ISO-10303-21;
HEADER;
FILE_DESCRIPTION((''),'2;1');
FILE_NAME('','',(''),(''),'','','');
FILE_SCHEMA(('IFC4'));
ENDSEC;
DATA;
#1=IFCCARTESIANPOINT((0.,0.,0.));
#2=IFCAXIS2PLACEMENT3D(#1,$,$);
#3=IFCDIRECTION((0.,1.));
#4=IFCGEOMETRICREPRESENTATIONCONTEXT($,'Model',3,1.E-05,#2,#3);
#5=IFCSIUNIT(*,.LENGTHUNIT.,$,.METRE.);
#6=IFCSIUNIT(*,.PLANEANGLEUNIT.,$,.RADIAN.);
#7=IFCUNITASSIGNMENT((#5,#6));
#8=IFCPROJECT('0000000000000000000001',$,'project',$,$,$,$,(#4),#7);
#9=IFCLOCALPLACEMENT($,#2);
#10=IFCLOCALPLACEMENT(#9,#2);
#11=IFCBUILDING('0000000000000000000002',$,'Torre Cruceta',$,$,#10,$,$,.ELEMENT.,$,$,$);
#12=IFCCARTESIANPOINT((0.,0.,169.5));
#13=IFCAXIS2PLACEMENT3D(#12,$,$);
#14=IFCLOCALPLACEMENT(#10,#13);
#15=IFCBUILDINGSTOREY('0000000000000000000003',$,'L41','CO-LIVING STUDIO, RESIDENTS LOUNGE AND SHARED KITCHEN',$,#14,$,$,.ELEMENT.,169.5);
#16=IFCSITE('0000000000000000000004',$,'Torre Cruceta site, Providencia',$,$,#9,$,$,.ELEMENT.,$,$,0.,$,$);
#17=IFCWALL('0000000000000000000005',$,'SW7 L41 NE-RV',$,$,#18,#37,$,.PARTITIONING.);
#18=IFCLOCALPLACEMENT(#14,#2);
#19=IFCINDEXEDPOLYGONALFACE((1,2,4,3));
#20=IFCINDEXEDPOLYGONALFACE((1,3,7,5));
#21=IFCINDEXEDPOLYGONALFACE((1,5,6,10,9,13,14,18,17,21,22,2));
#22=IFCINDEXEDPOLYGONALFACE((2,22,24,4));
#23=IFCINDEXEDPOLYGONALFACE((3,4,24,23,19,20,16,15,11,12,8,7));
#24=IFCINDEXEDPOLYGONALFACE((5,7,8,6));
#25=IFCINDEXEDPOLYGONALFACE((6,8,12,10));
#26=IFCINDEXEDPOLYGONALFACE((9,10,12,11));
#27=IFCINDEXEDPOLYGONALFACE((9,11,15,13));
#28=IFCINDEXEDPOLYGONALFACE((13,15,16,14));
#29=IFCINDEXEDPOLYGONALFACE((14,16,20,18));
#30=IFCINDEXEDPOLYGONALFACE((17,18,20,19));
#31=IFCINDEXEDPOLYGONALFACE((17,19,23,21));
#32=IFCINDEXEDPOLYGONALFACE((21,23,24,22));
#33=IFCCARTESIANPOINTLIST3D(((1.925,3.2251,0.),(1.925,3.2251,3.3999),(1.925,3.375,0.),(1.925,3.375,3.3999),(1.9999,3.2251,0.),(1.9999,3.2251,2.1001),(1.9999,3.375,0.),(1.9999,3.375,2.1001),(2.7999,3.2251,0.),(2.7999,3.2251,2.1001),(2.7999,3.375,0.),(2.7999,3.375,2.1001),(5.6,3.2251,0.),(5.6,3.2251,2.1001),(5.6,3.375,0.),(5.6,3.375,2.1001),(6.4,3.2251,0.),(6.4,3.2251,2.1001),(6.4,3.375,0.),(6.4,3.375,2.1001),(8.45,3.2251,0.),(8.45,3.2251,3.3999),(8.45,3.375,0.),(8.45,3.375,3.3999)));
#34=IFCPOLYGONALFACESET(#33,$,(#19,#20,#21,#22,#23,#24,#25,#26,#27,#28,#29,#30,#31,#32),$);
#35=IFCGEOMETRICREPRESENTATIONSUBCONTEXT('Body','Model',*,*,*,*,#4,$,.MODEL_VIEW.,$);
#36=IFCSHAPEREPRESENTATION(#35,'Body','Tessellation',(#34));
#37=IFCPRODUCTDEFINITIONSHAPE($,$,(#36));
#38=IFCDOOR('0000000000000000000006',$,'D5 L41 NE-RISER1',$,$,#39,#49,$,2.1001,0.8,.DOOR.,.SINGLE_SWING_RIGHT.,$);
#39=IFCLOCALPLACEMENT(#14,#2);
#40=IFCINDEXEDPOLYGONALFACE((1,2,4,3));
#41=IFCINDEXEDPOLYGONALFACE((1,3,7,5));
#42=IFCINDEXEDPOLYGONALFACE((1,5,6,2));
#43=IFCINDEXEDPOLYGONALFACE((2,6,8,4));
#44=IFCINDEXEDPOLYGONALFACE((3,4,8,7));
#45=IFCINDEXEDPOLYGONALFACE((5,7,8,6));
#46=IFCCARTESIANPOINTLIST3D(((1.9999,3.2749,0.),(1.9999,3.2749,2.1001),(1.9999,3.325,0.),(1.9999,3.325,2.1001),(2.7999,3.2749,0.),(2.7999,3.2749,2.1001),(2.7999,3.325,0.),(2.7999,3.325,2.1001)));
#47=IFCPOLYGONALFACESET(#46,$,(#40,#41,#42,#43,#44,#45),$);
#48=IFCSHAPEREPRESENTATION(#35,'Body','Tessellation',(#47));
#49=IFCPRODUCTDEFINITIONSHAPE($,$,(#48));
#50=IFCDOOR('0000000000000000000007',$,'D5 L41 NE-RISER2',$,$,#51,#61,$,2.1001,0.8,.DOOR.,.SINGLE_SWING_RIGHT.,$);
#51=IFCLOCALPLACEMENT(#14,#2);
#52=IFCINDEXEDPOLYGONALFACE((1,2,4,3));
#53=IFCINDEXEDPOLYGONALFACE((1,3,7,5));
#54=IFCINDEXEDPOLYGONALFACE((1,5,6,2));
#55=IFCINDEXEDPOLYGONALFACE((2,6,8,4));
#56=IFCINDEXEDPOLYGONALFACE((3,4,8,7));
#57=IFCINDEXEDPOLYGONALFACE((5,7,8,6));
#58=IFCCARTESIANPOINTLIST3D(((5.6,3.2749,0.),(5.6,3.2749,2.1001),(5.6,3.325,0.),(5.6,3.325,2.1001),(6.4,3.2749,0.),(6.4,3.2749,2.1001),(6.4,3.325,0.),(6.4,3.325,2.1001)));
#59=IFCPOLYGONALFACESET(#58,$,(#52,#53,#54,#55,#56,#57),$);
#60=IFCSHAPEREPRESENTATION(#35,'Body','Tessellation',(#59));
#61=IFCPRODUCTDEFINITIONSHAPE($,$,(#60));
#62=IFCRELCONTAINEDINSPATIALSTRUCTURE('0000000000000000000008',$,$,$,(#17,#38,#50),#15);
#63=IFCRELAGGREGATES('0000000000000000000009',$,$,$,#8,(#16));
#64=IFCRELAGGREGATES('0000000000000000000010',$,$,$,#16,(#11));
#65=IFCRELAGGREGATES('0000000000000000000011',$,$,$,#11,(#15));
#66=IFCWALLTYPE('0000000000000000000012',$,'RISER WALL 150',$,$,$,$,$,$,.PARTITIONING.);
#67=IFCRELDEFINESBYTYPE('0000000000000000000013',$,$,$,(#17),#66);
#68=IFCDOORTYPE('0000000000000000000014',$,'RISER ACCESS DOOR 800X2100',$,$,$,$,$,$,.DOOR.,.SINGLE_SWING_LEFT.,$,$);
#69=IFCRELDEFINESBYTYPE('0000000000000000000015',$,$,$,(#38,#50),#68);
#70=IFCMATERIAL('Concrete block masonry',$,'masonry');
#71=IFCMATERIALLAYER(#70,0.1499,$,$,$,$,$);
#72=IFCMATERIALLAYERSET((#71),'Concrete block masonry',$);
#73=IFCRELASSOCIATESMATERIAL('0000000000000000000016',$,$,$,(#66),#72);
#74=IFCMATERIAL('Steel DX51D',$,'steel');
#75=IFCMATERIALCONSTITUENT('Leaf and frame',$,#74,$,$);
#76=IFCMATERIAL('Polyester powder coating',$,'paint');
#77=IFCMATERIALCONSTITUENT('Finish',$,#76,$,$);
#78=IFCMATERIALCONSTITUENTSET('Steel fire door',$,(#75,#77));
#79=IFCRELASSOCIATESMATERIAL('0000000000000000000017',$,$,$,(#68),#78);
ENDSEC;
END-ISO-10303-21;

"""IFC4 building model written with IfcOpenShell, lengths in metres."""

from ifc_helpers import new_model, si_unit, direction, frame, frame_2d, origin, place, context, subcontext, project, spatial, rectangle, extrude, material, layer, layer_set, constituent, constituent_set, type_object, element, fill, save


model = new_model("IFC4")

# Units and contexts
model_context = context("Model", 3, precision=1e-05, world=origin(), true_north=direction((0.0, 1.0)))
body_context = subcontext(model_context, "Body", "Model", "MODEL_VIEW")
ifc_project = project(units=[si_unit("LENGTHUNIT", "METRE"), si_unit("PLANEANGLEUNIT", "RADIAN")], contexts=[model_context])

# Site, building, storey
site_placement = place(None, origin())
site = spatial("IfcSite", under=ifc_project, at=site_placement, Name="Torre Cruceta site, Providencia", CompositionType="ELEMENT", RefElevation=0.0)
building_placement = place(site_placement, origin())
building = spatial("IfcBuilding", under=site, at=building_placement, Name="Torre Cruceta", CompositionType="ELEMENT")
storey_placement = place(building_placement, frame((0.0, 0.0, 169.5)))
storey = spatial("IfcBuildingStorey", under=building, at=storey_placement, Name="L41", Description="CO-LIVING STUDIO, RESIDENTS LOUNGE AND SHARED KITCHEN", CompositionType="ELEMENT", Elevation=169.5)

# Wall, openings, doors
ifc_material_1 = material(Name="Concrete block masonry", Category="masonry")
ifc_layer_1 = layer(ifc_material_1, 0.1499)
ifc_layer_set_1 = layer_set([ifc_layer_1], Name="Concrete block masonry")
wall_type_1 = type_object("IfcWallType", Name="RISER WALL 150", PredefinedType="PARTITIONING", material=ifc_layer_set_1)
wall_1_placement = place(storey_placement, frame((1.925, 3.3, 0.0), z_axis=(0.0, 0.0, 1.0), x_axis=(1.0, 0.0, 0.0)))
wall_1 = element("IfcWall", 1, at=wall_1_placement, inside=storey, type_object=wall_type_1, Name="SW7 L41 NE-RV", PredefinedType="PARTITIONING", context=body_context, shape_type="SweptSolid", body=[
    extrude(rectangle(XDim=6.5249, YDim=0.1499, at=frame_2d((3.2625, 0.0))), origin(), (0.0, 0.0, 1.0), 3.3999),
])
opening_1_placement = place(wall_1_placement, frame((0.075, 0.0, 0.0)))
opening_1 = element("IfcOpeningElement", 2, at=opening_1_placement, cuts=wall_1, PredefinedType="OPENING", context=body_context, shape_type="SweptSolid", body=[
    extrude(rectangle(XDim=0.8, YDim=2.1001, at=frame_2d((0.3999, 1.05))), frame((0.0, 0.085, 0.0), z_axis=(0.0, -1.0, 0.0), x_axis=(1.0, 0.0, 0.0)), (0.0, 0.0, 1.0), 0.1699),
])
opening_2_placement = place(wall_1_placement, frame((3.675, 0.0, 0.0)))
opening_2 = element("IfcOpeningElement", 3, at=opening_2_placement, cuts=wall_1, PredefinedType="OPENING", context=body_context, shape_type="SweptSolid", body=[
    extrude(rectangle(XDim=0.8, YDim=2.1001, at=frame_2d((0.3999, 1.05))), frame((0.0, 0.085, 0.0), z_axis=(0.0, -1.0, 0.0), x_axis=(1.0, 0.0, 0.0)), (0.0, 0.0, 1.0), 0.1699),
])
ifc_material_2 = material(Name="Steel DX51D", Category="steel")
ifc_constituent_1 = constituent(ifc_material_2, Name="Leaf and frame")
ifc_material_3 = material(Name="Polyester powder coating", Category="paint")
ifc_constituent_2 = constituent(ifc_material_3, Name="Finish")
ifc_constituent_set_1 = constituent_set(constituents=[ifc_constituent_1, ifc_constituent_2], Name="Steel fire door")
door_type_1 = type_object("IfcDoorType", Name="RISER ACCESS DOOR 800X2100", OperationType="SINGLE_SWING_LEFT", PredefinedType="DOOR", material=ifc_constituent_set_1)
door_1_placement = place(opening_1_placement, frame((0.8, 0.0, 0.0), z_axis=(0.0, 0.0, 1.0), x_axis=(-1.0, 0.0, 0.0)))
door_1 = element("IfcDoor", 4, at=door_1_placement, inside=storey, type_object=door_type_1, Name="D5 L41 NE-RISER1", OperationType="SINGLE_SWING_RIGHT", OverallHeight=2.1001, OverallWidth=0.8, PredefinedType="DOOR", context=body_context, shape_type="SweptSolid", body=[
    extrude(rectangle(XDim=0.8, YDim=2.1001, at=frame_2d((0.4001, 1.05))), frame((0.0, 0.0251, 0.0), z_axis=(0.0, -1.0, 0.0), x_axis=(1.0, 0.0, 0.0)), (0.0, 0.0, 1.0), 0.05),
])
fill(opening_1, door_1)
door_2_placement = place(opening_2_placement, frame((0.8, 0.0, 0.0), z_axis=(0.0, 0.0, 1.0), x_axis=(-1.0, 0.0, 0.0)))
door_2 = element("IfcDoor", 5, at=door_2_placement, inside=storey, type_object=door_type_1, Name="D5 L41 NE-RISER2", OperationType="SINGLE_SWING_RIGHT", OverallHeight=2.1001, OverallWidth=0.8, PredefinedType="DOOR", context=body_context, shape_type="SweptSolid", body=[
    extrude(rectangle(XDim=0.8, YDim=2.1001, at=frame_2d((0.4001, 1.05))), frame((0.0, 0.0251, 0.0), z_axis=(0.0, -1.0, 0.0), x_axis=(1.0, 0.0, 0.0)), (0.0, 0.0, 1.0), 0.05),
])
fill(opening_2, door_2)

save(model, "model.ifc")
